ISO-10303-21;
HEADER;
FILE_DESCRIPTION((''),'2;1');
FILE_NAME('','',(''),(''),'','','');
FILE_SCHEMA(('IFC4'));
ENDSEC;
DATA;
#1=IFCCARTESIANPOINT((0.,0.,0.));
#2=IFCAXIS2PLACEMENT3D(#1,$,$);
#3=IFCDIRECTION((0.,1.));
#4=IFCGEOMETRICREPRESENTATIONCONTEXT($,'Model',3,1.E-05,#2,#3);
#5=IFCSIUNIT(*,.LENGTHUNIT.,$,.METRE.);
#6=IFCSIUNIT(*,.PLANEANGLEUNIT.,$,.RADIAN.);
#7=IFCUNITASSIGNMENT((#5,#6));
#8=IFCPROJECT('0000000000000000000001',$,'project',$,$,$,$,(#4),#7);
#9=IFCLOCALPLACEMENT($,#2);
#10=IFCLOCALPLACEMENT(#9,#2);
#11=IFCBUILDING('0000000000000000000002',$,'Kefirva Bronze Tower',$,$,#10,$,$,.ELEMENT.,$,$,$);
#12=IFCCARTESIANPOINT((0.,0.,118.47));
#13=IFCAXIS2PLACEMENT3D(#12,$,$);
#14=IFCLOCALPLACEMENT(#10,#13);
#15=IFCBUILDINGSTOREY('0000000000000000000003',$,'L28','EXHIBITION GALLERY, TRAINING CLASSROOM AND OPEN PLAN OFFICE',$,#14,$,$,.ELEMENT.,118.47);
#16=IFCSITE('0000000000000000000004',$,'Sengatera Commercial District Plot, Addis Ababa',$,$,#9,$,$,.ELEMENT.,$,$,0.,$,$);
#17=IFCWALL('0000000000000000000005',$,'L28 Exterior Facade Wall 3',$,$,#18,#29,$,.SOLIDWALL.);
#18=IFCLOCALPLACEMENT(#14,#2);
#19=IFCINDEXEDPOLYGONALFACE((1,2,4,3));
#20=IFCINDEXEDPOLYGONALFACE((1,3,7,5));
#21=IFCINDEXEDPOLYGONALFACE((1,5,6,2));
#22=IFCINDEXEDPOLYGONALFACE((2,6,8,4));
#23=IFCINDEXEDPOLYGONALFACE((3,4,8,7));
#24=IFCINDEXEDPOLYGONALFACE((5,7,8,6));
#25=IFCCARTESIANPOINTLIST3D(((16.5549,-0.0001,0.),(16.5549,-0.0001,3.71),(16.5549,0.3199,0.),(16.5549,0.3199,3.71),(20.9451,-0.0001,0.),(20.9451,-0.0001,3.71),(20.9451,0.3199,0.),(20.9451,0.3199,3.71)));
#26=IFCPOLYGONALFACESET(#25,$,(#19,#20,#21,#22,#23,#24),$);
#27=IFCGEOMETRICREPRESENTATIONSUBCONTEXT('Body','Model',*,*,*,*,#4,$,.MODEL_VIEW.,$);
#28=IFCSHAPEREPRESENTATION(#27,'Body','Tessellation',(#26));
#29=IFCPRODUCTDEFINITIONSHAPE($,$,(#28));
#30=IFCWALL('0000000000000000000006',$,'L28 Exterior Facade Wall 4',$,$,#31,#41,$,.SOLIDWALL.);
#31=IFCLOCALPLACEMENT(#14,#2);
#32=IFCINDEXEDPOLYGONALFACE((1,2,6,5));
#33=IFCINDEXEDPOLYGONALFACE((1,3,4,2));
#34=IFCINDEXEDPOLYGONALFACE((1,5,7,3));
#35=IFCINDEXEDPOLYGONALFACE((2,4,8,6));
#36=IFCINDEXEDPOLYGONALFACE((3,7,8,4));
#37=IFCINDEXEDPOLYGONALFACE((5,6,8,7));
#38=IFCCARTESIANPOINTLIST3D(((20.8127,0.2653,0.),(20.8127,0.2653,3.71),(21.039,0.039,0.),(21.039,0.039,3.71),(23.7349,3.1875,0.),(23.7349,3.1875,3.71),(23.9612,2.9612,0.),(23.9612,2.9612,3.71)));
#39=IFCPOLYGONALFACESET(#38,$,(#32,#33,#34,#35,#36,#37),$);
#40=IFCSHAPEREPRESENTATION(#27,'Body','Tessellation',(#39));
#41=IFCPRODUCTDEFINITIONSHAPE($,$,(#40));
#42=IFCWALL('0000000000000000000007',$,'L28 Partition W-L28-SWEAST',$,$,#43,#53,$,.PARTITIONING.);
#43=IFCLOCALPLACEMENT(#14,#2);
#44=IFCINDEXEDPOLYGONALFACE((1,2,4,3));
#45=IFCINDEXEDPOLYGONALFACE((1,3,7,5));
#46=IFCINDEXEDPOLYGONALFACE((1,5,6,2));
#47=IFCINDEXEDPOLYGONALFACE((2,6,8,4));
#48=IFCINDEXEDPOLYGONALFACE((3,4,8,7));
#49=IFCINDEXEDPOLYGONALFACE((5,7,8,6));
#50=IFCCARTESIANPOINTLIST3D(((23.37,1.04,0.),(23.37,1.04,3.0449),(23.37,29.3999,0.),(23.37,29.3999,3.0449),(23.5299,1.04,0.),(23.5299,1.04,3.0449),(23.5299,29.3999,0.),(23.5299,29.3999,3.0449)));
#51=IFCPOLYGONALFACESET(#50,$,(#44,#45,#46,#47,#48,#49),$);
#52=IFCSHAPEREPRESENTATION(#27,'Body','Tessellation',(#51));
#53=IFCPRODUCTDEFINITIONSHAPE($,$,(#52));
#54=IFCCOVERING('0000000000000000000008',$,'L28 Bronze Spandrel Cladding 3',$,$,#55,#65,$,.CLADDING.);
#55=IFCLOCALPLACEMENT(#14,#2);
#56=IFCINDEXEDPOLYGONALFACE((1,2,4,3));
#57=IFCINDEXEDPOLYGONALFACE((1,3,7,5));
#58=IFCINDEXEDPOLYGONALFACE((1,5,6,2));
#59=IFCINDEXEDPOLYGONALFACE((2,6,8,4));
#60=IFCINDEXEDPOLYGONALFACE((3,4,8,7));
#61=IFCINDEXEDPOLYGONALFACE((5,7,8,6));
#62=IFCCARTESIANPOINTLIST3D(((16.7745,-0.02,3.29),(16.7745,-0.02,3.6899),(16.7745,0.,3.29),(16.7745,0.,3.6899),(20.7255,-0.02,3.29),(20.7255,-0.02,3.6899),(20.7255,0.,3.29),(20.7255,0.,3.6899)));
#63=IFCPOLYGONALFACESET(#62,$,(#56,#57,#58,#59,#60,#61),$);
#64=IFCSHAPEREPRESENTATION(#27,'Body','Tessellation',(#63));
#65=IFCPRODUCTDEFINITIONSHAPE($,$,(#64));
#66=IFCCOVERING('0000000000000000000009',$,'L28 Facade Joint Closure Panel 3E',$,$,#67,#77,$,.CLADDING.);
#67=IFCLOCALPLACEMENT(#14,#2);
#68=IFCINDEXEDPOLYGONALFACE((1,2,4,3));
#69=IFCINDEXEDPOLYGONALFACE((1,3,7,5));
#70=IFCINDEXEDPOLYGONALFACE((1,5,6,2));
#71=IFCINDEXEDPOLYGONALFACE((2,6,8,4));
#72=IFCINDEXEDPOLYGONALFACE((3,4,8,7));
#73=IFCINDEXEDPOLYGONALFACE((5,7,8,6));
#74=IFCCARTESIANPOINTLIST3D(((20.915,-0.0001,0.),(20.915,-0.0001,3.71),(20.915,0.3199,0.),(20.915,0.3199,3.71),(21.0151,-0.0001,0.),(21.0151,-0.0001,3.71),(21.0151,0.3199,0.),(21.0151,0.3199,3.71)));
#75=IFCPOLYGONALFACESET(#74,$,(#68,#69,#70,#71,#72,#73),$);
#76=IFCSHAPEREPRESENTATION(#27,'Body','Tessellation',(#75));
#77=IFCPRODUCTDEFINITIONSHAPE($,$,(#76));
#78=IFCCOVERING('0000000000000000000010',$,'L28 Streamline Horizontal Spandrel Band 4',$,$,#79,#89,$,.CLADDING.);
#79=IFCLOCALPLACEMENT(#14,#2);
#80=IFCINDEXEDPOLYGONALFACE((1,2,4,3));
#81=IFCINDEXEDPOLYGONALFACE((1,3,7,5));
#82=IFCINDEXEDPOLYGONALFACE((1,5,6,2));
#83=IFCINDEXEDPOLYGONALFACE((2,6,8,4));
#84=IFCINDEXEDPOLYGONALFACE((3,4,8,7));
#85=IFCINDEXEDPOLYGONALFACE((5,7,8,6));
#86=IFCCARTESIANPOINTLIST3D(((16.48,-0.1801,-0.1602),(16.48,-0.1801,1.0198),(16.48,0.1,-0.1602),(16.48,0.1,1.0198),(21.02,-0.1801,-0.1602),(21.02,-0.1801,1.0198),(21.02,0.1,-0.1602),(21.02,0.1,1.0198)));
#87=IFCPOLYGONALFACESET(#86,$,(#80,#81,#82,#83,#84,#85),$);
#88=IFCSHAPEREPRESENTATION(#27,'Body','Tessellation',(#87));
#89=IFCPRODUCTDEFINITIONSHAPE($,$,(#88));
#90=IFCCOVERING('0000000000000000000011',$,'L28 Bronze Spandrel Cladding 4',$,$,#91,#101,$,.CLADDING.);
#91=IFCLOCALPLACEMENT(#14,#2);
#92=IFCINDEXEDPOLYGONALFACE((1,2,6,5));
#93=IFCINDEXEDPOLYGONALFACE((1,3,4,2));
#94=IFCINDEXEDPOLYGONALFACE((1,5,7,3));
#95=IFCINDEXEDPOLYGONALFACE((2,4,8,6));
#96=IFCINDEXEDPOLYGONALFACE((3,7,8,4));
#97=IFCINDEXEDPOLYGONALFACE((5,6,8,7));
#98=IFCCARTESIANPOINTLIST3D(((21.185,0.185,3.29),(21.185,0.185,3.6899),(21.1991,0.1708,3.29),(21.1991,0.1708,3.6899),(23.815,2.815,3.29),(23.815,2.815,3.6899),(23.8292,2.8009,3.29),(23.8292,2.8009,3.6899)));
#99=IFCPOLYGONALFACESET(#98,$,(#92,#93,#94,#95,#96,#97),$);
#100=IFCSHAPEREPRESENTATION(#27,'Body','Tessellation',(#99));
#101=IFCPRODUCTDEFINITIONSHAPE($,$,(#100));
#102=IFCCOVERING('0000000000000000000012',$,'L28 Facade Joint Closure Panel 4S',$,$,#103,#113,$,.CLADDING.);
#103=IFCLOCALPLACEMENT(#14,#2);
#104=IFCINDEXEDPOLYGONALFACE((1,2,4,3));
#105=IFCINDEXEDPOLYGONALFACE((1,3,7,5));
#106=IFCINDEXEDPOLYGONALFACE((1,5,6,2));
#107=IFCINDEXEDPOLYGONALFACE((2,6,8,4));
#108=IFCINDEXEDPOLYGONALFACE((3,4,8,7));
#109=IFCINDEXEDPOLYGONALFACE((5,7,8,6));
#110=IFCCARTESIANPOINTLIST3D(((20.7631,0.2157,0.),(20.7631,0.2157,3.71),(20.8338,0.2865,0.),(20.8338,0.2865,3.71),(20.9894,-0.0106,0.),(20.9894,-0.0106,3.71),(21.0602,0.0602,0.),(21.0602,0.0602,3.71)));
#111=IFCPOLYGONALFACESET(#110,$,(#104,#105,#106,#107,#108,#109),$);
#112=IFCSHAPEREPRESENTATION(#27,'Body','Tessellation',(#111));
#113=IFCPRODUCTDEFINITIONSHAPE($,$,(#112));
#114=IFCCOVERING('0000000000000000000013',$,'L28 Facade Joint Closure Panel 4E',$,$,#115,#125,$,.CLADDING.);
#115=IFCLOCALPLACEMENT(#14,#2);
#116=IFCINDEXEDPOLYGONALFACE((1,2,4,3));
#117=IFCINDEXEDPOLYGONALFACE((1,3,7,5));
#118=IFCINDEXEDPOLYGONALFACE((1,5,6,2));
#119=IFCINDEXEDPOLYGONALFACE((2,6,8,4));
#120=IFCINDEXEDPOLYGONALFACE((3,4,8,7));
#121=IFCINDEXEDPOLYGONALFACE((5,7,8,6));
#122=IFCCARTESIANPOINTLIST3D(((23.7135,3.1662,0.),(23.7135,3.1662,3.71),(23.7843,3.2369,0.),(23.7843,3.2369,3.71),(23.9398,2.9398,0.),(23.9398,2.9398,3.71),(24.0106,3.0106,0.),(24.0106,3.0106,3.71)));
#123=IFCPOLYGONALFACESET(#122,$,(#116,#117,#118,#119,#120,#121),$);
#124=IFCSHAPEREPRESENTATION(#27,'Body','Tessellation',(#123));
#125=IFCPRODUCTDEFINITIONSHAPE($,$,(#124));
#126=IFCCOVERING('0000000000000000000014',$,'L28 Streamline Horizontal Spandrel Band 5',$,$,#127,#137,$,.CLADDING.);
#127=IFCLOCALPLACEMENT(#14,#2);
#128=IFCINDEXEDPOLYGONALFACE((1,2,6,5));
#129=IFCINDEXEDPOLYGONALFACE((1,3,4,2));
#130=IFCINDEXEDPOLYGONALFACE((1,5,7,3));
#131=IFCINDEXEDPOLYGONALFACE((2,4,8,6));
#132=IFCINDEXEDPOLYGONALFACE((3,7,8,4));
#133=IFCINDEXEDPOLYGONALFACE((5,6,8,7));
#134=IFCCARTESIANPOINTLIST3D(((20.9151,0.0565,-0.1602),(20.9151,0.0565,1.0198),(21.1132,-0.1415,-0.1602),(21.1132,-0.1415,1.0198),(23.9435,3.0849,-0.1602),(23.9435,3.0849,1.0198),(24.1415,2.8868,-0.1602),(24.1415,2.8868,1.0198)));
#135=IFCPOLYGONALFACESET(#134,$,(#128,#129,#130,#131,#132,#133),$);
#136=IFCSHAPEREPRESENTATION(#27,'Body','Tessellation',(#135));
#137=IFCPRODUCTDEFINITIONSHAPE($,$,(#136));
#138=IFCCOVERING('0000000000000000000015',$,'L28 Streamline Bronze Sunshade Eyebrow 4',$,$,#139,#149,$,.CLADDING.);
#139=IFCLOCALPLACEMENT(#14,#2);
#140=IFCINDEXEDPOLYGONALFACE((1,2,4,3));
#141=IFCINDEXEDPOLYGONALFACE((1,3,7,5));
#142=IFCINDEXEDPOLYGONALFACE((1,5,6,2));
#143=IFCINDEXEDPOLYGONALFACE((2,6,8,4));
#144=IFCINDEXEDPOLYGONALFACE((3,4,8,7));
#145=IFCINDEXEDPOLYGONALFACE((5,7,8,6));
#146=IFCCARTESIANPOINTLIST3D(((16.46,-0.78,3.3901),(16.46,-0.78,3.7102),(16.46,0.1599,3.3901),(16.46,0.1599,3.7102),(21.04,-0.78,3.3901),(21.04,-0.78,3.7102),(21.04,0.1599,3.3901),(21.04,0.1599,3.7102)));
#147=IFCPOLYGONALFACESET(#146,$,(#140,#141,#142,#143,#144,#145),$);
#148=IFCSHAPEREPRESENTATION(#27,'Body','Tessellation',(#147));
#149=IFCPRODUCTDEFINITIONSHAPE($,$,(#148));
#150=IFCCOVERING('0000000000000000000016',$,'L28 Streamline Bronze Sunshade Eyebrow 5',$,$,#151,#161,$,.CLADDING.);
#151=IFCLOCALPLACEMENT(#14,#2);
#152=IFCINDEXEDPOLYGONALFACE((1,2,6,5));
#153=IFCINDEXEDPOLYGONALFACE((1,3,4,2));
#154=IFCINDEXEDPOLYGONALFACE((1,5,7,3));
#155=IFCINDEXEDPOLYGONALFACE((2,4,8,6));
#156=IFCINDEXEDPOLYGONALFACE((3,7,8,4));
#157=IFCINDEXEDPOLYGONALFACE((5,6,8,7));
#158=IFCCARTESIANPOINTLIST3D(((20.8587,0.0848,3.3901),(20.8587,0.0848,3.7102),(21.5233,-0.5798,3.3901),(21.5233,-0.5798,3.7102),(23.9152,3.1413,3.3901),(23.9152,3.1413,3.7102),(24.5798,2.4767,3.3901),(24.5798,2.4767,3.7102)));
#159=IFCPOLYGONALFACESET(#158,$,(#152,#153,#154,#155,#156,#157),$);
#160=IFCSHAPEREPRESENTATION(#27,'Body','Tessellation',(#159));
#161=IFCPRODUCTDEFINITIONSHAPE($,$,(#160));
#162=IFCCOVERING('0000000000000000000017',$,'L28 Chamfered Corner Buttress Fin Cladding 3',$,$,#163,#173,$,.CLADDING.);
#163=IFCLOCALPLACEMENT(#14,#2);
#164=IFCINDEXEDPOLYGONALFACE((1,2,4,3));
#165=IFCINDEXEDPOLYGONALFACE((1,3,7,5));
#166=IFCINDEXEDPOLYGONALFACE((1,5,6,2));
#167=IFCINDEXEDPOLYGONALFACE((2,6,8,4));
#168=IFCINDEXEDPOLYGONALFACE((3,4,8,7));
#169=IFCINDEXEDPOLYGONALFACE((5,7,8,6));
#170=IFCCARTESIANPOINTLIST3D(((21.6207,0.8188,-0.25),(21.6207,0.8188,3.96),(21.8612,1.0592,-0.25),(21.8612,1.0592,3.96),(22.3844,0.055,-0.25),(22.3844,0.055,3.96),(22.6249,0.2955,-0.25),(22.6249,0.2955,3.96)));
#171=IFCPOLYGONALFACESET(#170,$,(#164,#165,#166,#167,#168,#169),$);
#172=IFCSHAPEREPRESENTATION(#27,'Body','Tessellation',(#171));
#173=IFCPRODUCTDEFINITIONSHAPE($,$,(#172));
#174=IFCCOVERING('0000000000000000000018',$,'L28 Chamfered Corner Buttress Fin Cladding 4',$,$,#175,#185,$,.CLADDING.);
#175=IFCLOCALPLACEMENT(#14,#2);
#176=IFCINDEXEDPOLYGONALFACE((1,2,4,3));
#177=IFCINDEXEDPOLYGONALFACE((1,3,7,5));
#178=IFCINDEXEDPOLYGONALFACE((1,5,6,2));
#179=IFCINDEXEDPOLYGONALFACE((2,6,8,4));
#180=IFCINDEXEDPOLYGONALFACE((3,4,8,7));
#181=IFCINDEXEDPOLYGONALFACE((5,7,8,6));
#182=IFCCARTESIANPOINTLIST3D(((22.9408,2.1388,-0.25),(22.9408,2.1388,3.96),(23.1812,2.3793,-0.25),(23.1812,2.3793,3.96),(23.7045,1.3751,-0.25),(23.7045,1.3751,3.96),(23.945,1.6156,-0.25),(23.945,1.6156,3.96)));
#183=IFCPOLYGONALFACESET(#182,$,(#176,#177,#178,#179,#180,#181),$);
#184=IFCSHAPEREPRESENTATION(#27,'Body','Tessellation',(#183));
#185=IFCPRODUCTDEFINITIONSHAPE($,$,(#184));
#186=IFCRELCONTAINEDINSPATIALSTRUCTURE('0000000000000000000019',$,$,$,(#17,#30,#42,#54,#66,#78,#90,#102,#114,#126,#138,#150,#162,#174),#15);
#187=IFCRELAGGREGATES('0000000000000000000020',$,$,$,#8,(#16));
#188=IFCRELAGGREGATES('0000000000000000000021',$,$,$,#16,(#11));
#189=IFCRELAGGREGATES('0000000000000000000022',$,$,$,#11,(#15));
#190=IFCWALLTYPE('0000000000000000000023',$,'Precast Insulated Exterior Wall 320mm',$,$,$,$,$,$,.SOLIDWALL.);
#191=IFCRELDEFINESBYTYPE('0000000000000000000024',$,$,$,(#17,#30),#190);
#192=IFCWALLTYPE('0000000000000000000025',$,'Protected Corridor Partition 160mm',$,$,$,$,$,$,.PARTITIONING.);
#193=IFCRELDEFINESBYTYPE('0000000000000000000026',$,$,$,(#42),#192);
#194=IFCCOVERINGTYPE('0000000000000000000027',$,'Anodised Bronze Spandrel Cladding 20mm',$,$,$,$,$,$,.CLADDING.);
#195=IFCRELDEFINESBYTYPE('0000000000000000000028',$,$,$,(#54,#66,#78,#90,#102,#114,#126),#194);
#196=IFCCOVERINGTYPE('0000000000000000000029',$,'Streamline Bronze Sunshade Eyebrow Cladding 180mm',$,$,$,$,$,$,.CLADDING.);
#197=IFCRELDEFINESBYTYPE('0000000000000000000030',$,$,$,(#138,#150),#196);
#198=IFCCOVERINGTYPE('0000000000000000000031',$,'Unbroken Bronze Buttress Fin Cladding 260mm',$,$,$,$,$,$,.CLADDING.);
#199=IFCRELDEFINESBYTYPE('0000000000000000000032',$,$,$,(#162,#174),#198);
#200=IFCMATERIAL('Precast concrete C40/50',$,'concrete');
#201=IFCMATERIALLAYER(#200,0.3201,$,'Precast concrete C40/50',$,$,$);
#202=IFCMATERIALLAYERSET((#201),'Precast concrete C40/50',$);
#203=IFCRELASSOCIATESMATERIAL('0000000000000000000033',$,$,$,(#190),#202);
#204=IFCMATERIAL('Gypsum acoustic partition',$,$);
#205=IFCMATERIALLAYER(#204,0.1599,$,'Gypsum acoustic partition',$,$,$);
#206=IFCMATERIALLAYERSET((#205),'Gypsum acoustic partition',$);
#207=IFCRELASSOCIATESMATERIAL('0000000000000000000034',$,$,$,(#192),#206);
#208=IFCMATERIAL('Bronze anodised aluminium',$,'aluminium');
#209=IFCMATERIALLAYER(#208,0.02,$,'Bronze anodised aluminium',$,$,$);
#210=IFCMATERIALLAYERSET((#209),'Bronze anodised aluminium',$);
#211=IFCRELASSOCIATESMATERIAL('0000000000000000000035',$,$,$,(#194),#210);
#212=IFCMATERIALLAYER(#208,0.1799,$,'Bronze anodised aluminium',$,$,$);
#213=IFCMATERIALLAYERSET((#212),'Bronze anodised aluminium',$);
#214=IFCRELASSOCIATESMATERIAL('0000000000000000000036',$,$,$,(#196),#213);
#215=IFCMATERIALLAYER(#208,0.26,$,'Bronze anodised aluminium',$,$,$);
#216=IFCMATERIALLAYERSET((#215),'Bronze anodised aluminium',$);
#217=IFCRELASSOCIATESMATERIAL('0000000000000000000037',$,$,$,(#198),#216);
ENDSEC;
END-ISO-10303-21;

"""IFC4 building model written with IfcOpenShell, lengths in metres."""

from ifc_helpers import new_model, si_unit, direction, frame, frame_2d, origin, origin_2d, place, context, subcontext, project, spatial, rectangle, extrude, material, layer, layer_set, type_object, element, save


model = new_model("IFC4")

# Units and contexts
model_context = context("Model", 3, precision=1e-05, world=origin(), true_north=direction((0.0, 1.0)))
body_context = subcontext(model_context, "Body", "Model", "MODEL_VIEW")
ifc_project = project(units=[si_unit("LENGTHUNIT", "METRE"), si_unit("PLANEANGLEUNIT", "RADIAN")], contexts=[model_context])

# Site, building, storey
site_placement = place(None, origin())
site = spatial("IfcSite", under=ifc_project, at=site_placement, Name="Sengatera Commercial District Plot, Addis Ababa", CompositionType="ELEMENT", RefElevation=0.0)
building_placement = place(site_placement, origin())
building = spatial("IfcBuilding", under=site, at=building_placement, Name="Kefirva Bronze Tower", CompositionType="ELEMENT")
storey_placement = place(building_placement, frame((0.0, 0.0, 118.47)))
storey = spatial("IfcBuildingStorey", under=building, at=storey_placement, Name="L28", Description="EXHIBITION GALLERY, TRAINING CLASSROOM AND OPEN PLAN OFFICE", CompositionType="ELEMENT", Elevation=118.47)

# Shared definitions
ifc_material_1 = material(Name="Bronze anodised aluminium", Category="aluminium")

# Walls
ifc_material_2 = material(Name="Gypsum acoustic partition")
ifc_material_3 = material(Name="Precast concrete C40/50", Category="concrete")
ifc_layer_1 = layer(ifc_material_3, 0.3201, Name="Precast concrete C40/50")
ifc_layer_set_1 = layer_set([ifc_layer_1], Name="Precast concrete C40/50")
wall_type_1 = type_object("IfcWallType", Name="Precast Insulated Exterior Wall 320mm", PredefinedType="SOLIDWALL", material=ifc_layer_set_1)
wall_1_placement = place(storey_placement, frame((16.5549, 0.1599, 0.0), z_axis=(0.0, 0.0, 1.0), x_axis=(1.0, 0.0, 0.0)))
element("IfcWall", 1, at=wall_1_placement, inside=storey, type_object=wall_type_1, Name="L28 Exterior Facade Wall 3", PredefinedType="SOLIDWALL", context=body_context, shape_type="SweptSolid", body=[
    extrude(rectangle(XDim=4.3901, YDim=0.3201, at=frame_2d((2.1951, 0.0))), origin(), (0.0, 0.0, 1.0), 3.71),
])
wall_2_placement = place(storey_placement, frame((20.9258, 0.1521, 0.0), z_axis=(0.0, 0.0, 1.0), x_axis=(0.707107, 0.707107, 0.0)))
element("IfcWall", 2, at=wall_2_placement, inside=storey, type_object=wall_type_1, Name="L28 Exterior Facade Wall 4", PredefinedType="SOLIDWALL", context=body_context, shape_type="SweptSolid", body=[
    extrude(rectangle(XDim=4.1326, YDim=0.3201, at=frame_2d((2.0664, 0.0))), origin(), (0.0, 0.0, 1.0), 3.71),
])
ifc_layer_2 = layer(ifc_material_2, 0.1599, Name="Gypsum acoustic partition")
ifc_layer_set_2 = layer_set([ifc_layer_2], Name="Gypsum acoustic partition")
wall_type_2 = type_object("IfcWallType", Name="Protected Corridor Partition 160mm", PredefinedType="PARTITIONING", material=ifc_layer_set_2)
wall_3_placement = place(storey_placement, frame((23.45, 1.04, 0.0), z_axis=(0.0, 0.0, 1.0), x_axis=(0.0, 1.0, 0.0)))
element("IfcWall", 3, at=wall_3_placement, inside=storey, type_object=wall_type_2, Name="L28 Partition W-L28-SWEAST", PredefinedType="PARTITIONING", context=body_context, shape_type="SweptSolid", body=[
    extrude(rectangle(XDim=28.3599, YDim=0.1599, at=frame_2d((14.1799, 0.0))), origin(), (0.0, 0.0, 1.0), 3.0449),
])

# Coverings
ifc_layer_3 = layer(ifc_material_1, 0.02, Name="Bronze anodised aluminium")
ifc_layer_set_3 = layer_set([ifc_layer_3], Name="Bronze anodised aluminium")
covering_type_1 = type_object("IfcCoveringType", Name="Anodised Bronze Spandrel Cladding 20mm", PredefinedType="CLADDING", material=ifc_layer_set_3)
covering_1_placement = place(storey_placement, frame((18.75, -0.01, 3.29), z_axis=(0.0, 0.0, 1.0), x_axis=(1.0, 0.0, 0.0)))
element("IfcCovering", 4, at=covering_1_placement, inside=storey, type_object=covering_type_1, Name="L28 Bronze Spandrel Cladding 3", PredefinedType="CLADDING", context=body_context, shape_type="SweptSolid", body=[
    extrude(rectangle(XDim=3.9509, YDim=0.02, at=origin_2d()), origin(), (0.0, 0.0, 1.0), 0.3999),
])
covering_2_placement = place(storey_placement, frame((20.9651, 0.1599, 0.0), z_axis=(0.0, 0.0, 1.0), x_axis=(1.0, 0.0, 0.0)))
element("IfcCovering", 5, at=covering_2_placement, inside=storey, type_object=covering_type_1, Name="L28 Facade Joint Closure Panel 3E", PredefinedType="CLADDING", context=body_context, shape_type="SweptSolid", body=[
    extrude(rectangle(XDim=0.1001, YDim=0.3201, at=origin_2d()), origin(), (0.0, 0.0, 1.0), 3.71),
])
covering_3_placement = place(storey_placement, frame((18.75, -0.04, -0.1602), z_axis=(0.0, 0.0, 1.0), x_axis=(1.0, 0.0, 0.0)))
element("IfcCovering", 6, at=covering_3_placement, inside=storey, type_object=covering_type_1, Name="L28 Streamline Horizontal Spandrel Band 4", PredefinedType="CLADDING", context=body_context, shape_type="SweptSolid", body=[
    extrude(rectangle(XDim=4.54, YDim=0.28, at=origin_2d()), origin(), (0.0, 0.0, 1.0), 1.1799),
])
covering_4_placement = place(storey_placement, frame((22.5071, 1.4929, 3.29), z_axis=(0.0, 0.0, 1.0), x_axis=(0.707107, 0.707107, 0.0)))
element("IfcCovering", 7, at=covering_4_placement, inside=storey, type_object=covering_type_1, Name="L28 Bronze Spandrel Cladding 4", PredefinedType="CLADDING", context=body_context, shape_type="SweptSolid", body=[
    extrude(rectangle(XDim=3.7195, YDim=0.02, at=origin_2d()), origin(), (0.0, 0.0, 1.0), 0.3999),
])
for number, where, z_axis, x_axis, name in (
    (8, (20.9116, 0.1379, 0.0), (0.0, 0.0, 1.0), (0.707107, 0.707107, 0.0), "L28 Facade Joint Closure Panel 4S"),
    (9, (23.8621, 3.0884, 0.0), (0.0, 0.0, 1.0), (0.707107, 0.707107, 0.0), "L28 Facade Joint Closure Panel 4E"),
):
    element("IfcCovering", number, at=place(storey_placement, frame(where, z_axis=z_axis, x_axis=x_axis)), inside=storey, type_object=covering_type_1, Name=name, PredefinedType="CLADDING", context=body_context, shape_type="SweptSolid", body=[
        extrude(rectangle(XDim=0.1001, YDim=0.3201, at=origin_2d()), origin(), (0.0, 0.0, 1.0), 3.71),
    ])
covering_5_placement = place(storey_placement, frame((22.5283, 1.4717, -0.1602), z_axis=(0.0, 0.0, 1.0), x_axis=(0.707107, 0.707107, 0.0)))
element("IfcCovering", 10, at=covering_5_placement, inside=storey, type_object=covering_type_1, Name="L28 Streamline Horizontal Spandrel Band 5", PredefinedType="CLADDING", context=body_context, shape_type="SweptSolid", body=[
    extrude(rectangle(XDim=4.2827, YDim=0.28, at=origin_2d()), origin(), (0.0, 0.0, 1.0), 1.1799),
])
ifc_layer_4 = layer(ifc_material_1, 0.1799, Name="Bronze anodised aluminium")
ifc_layer_set_4 = layer_set([ifc_layer_4], Name="Bronze anodised aluminium")
covering_type_2 = type_object("IfcCoveringType", Name="Streamline Bronze Sunshade Eyebrow Cladding 180mm", PredefinedType="CLADDING", material=ifc_layer_set_4)
covering_6_placement = place(storey_placement, frame((18.75, -0.3101, 3.3901), z_axis=(0.0, 0.0, 1.0), x_axis=(1.0, 0.0, 0.0)))
element("IfcCovering", 11, at=covering_6_placement, inside=storey, type_object=covering_type_2, Name="L28 Streamline Bronze Sunshade Eyebrow 4", PredefinedType="CLADDING", context=body_context, shape_type="SweptSolid", body=[
    extrude(rectangle(XDim=4.5801, YDim=0.9399, at=origin_2d()), origin(), (0.0, 0.0, 1.0), 0.3201),
])
covering_7_placement = place(storey_placement, frame((22.7192, 1.2808, 3.3901), z_axis=(0.0, 0.0, 1.0), x_axis=(0.707107, 0.707107, 0.0)))
element("IfcCovering", 12, at=covering_7_placement, inside=storey, type_object=covering_type_2, Name="L28 Streamline Bronze Sunshade Eyebrow 5", PredefinedType="CLADDING", context=body_context, shape_type="SweptSolid", body=[
    extrude(rectangle(XDim=4.3225, YDim=0.9399, at=origin_2d()), origin(), (0.0, 0.0, 1.0), 0.3201),
])
ifc_layer_5 = layer(ifc_material_1, 0.26, Name="Bronze anodised aluminium")
ifc_layer_set_5 = layer_set([ifc_layer_5], Name="Bronze anodised aluminium")
covering_type_3 = type_object("IfcCoveringType", Name="Unbroken Bronze Buttress Fin Cladding 260mm", PredefinedType="CLADDING", material=ifc_layer_set_5)
for number, where, z_axis, x_axis, name in (
    (13, (22.1228, 0.5571, -0.25), (0.0, 0.0, 1.0), (0.707107, 0.707107, 0.0), "L28 Chamfered Corner Buttress Fin Cladding 3"),
    (14, (23.4429, 1.8772, -0.25), (0.0, 0.0, 1.0), (0.707107, 0.707107, 0.0), "L28 Chamfered Corner Buttress Fin Cladding 4"),
):
    element("IfcCovering", number, at=place(storey_placement, frame(where, z_axis=z_axis, x_axis=x_axis)), inside=storey, type_object=covering_type_3, Name=name, PredefinedType="CLADDING", context=body_context, shape_type="SweptSolid", body=[
        extrude(rectangle(XDim=0.3401, YDim=1.0801, at=origin_2d()), origin(), (0.0, 0.0, 1.0), 4.21),
    ])

save(model, "model.ifc")
